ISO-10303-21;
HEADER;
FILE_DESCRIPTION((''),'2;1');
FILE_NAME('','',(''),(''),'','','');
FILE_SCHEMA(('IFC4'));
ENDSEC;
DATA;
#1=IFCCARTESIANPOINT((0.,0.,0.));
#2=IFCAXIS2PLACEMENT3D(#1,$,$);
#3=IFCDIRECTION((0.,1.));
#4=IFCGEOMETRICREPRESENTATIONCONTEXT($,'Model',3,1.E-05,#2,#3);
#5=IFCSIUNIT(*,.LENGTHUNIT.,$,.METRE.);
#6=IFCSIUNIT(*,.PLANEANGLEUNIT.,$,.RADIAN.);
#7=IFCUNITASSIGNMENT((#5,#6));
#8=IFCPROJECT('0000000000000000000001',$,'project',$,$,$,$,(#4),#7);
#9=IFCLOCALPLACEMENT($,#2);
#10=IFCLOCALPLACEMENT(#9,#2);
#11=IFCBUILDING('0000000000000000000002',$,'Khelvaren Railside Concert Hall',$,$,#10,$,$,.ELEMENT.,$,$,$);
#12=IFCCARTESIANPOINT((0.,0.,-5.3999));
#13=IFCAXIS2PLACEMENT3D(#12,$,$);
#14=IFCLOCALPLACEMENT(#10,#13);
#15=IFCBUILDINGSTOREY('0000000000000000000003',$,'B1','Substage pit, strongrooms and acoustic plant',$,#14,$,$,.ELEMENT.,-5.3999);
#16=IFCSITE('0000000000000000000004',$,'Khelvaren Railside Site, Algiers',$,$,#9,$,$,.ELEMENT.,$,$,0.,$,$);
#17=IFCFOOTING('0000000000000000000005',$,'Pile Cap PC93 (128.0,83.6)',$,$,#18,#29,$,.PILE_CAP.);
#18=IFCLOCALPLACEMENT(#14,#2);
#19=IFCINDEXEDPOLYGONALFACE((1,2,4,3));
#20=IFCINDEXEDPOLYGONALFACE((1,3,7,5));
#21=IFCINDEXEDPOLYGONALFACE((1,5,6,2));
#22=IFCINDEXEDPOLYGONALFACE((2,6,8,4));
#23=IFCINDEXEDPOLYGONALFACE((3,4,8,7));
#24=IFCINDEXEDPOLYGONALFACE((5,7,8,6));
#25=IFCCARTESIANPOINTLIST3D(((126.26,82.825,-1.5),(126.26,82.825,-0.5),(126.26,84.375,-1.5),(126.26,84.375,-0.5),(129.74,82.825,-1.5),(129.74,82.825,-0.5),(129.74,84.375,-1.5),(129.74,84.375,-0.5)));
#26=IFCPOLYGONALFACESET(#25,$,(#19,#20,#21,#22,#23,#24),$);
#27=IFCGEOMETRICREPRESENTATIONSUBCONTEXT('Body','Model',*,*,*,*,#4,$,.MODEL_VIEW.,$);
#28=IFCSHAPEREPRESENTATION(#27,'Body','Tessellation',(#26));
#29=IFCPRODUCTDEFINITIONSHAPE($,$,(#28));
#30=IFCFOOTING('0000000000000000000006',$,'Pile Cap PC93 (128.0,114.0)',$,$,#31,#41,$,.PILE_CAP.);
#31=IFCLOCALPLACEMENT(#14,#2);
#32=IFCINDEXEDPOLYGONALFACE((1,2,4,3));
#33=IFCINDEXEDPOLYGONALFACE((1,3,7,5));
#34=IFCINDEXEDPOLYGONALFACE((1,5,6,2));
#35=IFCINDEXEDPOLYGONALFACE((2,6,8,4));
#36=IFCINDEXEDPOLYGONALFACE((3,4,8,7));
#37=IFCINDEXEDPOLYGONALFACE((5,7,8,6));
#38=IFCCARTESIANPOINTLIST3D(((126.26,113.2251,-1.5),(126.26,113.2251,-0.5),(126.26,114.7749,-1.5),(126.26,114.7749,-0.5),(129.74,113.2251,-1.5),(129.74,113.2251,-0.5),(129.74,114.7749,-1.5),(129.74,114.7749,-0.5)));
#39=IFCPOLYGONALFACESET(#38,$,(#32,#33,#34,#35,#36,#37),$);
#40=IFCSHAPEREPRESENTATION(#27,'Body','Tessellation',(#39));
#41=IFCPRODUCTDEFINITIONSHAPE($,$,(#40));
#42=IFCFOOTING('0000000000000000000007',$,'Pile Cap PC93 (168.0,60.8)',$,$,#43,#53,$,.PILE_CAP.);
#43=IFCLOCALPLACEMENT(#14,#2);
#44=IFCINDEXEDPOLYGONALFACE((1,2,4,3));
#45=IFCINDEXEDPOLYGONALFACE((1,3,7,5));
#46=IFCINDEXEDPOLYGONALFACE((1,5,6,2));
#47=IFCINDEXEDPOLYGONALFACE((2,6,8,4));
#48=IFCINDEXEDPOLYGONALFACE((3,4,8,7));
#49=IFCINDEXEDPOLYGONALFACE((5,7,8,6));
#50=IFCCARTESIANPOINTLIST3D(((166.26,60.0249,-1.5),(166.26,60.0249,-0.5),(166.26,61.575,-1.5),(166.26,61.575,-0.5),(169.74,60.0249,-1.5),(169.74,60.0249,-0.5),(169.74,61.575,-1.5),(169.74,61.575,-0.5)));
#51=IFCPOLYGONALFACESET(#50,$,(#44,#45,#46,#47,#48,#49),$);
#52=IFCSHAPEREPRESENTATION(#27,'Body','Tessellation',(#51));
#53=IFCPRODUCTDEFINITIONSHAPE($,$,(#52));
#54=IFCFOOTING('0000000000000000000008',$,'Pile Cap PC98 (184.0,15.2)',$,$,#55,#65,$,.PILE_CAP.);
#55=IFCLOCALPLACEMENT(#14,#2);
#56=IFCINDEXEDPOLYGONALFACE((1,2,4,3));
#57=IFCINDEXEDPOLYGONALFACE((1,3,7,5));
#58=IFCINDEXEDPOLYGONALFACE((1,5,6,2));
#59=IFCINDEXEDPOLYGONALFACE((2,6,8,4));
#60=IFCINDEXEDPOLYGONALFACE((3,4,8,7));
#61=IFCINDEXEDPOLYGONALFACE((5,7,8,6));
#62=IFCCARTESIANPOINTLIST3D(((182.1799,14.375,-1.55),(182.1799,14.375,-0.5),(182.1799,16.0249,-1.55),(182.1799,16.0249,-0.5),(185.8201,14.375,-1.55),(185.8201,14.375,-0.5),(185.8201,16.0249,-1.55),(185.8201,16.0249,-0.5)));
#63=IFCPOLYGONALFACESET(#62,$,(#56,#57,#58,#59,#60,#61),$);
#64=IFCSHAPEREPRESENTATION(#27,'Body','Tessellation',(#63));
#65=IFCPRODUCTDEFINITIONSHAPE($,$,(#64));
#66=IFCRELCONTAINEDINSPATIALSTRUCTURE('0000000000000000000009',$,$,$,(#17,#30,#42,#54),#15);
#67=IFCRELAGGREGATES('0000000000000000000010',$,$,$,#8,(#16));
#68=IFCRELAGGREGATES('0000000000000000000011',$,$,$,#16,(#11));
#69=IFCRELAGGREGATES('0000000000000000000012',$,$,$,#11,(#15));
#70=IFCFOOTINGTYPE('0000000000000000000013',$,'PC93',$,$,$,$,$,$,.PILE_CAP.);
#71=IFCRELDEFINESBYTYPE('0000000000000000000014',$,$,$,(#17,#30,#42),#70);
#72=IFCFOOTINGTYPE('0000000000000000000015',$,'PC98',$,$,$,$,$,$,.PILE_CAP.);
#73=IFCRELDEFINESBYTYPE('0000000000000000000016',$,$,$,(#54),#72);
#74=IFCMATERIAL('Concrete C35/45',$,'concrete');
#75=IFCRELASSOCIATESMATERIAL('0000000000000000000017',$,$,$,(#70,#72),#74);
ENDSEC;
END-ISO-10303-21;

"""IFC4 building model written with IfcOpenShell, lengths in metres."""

from ifc_helpers import new_model, si_unit, direction, frame, origin, place, context, subcontext, project, spatial, polyline, outline, extrude, material, type_object, element, save


model = new_model("IFC4")

# Units and contexts
model_context = context("Model", 3, precision=1e-05, world=origin(), true_north=direction((0.0, 1.0)))
body_context = subcontext(model_context, "Body", "Model", "MODEL_VIEW")
ifc_project = project(units=[si_unit("LENGTHUNIT", "METRE"), si_unit("PLANEANGLEUNIT", "RADIAN")], contexts=[model_context])

# Site, building, storey
site_placement = place(None, origin())
site = spatial("IfcSite", under=ifc_project, at=site_placement, Name="Khelvaren Railside Site, Algiers", CompositionType="ELEMENT", RefElevation=0.0)
building_placement = place(site_placement, origin())
building = spatial("IfcBuilding", under=site, at=building_placement, Name="Khelvaren Railside Concert Hall", CompositionType="ELEMENT")
storey_placement = place(building_placement, frame((0.0, 0.0, -5.3999)))
storey = spatial("IfcBuildingStorey", under=building, at=storey_placement, Name="B1", Description="Substage pit, strongrooms and acoustic plant", CompositionType="ELEMENT", Elevation=-5.3999)

# Footings
ifc_material = material(Name="Concrete C35/45", Category="concrete")
footing_type_1 = type_object("IfcFootingType", Name="PC93", PredefinedType="PILE_CAP", material=ifc_material)
footing_1_placement = place(storey_placement, frame((0.0, 0.0, -1.5)))
element("IfcFooting", 1, at=footing_1_placement, inside=storey, type_object=footing_type_1, Name="Pile Cap PC93 (128.0,83.6)", PredefinedType="PILE_CAP", context=body_context, shape_type="SweptSolid", body=[
    extrude(outline(polyline([(126.26, 82.825), (129.74, 82.825), (129.74, 84.375), (126.26, 84.375), (126.26, 82.825)])), origin(), (0.0, 0.0, 1.0), 1.0),
])
footing_2_placement = place(storey_placement, frame((0.0, 0.0, -1.5)))
element("IfcFooting", 2, at=footing_2_placement, inside=storey, type_object=footing_type_1, Name="Pile Cap PC93 (128.0,114.0)", PredefinedType="PILE_CAP", context=body_context, shape_type="SweptSolid", body=[
    extrude(outline(polyline([(126.26, 113.2251), (129.74, 113.2251), (129.74, 114.7749), (126.26, 114.7749), (126.26, 113.2251)])), origin(), (0.0, 0.0, 1.0), 1.0),
])
footing_3_placement = place(storey_placement, frame((0.0, 0.0, -1.5)))
element("IfcFooting", 3, at=footing_3_placement, inside=storey, type_object=footing_type_1, Name="Pile Cap PC93 (168.0,60.8)", PredefinedType="PILE_CAP", context=body_context, shape_type="SweptSolid", body=[
    extrude(outline(polyline([(166.26, 60.0249), (169.74, 60.0249), (169.74, 61.575), (166.26, 61.575), (166.26, 60.0249)])), origin(), (0.0, 0.0, 1.0), 1.0),
])
footing_type_2 = type_object("IfcFootingType", Name="PC98", PredefinedType="PILE_CAP", material=ifc_material)
footing_4_placement = place(storey_placement, frame((0.0, 0.0, -1.55)))
element("IfcFooting", 4, at=footing_4_placement, inside=storey, type_object=footing_type_2, Name="Pile Cap PC98 (184.0,15.2)", PredefinedType="PILE_CAP", context=body_context, shape_type="SweptSolid", body=[
    extrude(outline(polyline([(182.1799, 14.375), (185.8201, 14.375), (185.8201, 16.0249), (182.1799, 16.0249), (182.1799, 14.375)])), origin(), (0.0, 0.0, 1.0), 1.05),
])

save(model, "model.ifc")
